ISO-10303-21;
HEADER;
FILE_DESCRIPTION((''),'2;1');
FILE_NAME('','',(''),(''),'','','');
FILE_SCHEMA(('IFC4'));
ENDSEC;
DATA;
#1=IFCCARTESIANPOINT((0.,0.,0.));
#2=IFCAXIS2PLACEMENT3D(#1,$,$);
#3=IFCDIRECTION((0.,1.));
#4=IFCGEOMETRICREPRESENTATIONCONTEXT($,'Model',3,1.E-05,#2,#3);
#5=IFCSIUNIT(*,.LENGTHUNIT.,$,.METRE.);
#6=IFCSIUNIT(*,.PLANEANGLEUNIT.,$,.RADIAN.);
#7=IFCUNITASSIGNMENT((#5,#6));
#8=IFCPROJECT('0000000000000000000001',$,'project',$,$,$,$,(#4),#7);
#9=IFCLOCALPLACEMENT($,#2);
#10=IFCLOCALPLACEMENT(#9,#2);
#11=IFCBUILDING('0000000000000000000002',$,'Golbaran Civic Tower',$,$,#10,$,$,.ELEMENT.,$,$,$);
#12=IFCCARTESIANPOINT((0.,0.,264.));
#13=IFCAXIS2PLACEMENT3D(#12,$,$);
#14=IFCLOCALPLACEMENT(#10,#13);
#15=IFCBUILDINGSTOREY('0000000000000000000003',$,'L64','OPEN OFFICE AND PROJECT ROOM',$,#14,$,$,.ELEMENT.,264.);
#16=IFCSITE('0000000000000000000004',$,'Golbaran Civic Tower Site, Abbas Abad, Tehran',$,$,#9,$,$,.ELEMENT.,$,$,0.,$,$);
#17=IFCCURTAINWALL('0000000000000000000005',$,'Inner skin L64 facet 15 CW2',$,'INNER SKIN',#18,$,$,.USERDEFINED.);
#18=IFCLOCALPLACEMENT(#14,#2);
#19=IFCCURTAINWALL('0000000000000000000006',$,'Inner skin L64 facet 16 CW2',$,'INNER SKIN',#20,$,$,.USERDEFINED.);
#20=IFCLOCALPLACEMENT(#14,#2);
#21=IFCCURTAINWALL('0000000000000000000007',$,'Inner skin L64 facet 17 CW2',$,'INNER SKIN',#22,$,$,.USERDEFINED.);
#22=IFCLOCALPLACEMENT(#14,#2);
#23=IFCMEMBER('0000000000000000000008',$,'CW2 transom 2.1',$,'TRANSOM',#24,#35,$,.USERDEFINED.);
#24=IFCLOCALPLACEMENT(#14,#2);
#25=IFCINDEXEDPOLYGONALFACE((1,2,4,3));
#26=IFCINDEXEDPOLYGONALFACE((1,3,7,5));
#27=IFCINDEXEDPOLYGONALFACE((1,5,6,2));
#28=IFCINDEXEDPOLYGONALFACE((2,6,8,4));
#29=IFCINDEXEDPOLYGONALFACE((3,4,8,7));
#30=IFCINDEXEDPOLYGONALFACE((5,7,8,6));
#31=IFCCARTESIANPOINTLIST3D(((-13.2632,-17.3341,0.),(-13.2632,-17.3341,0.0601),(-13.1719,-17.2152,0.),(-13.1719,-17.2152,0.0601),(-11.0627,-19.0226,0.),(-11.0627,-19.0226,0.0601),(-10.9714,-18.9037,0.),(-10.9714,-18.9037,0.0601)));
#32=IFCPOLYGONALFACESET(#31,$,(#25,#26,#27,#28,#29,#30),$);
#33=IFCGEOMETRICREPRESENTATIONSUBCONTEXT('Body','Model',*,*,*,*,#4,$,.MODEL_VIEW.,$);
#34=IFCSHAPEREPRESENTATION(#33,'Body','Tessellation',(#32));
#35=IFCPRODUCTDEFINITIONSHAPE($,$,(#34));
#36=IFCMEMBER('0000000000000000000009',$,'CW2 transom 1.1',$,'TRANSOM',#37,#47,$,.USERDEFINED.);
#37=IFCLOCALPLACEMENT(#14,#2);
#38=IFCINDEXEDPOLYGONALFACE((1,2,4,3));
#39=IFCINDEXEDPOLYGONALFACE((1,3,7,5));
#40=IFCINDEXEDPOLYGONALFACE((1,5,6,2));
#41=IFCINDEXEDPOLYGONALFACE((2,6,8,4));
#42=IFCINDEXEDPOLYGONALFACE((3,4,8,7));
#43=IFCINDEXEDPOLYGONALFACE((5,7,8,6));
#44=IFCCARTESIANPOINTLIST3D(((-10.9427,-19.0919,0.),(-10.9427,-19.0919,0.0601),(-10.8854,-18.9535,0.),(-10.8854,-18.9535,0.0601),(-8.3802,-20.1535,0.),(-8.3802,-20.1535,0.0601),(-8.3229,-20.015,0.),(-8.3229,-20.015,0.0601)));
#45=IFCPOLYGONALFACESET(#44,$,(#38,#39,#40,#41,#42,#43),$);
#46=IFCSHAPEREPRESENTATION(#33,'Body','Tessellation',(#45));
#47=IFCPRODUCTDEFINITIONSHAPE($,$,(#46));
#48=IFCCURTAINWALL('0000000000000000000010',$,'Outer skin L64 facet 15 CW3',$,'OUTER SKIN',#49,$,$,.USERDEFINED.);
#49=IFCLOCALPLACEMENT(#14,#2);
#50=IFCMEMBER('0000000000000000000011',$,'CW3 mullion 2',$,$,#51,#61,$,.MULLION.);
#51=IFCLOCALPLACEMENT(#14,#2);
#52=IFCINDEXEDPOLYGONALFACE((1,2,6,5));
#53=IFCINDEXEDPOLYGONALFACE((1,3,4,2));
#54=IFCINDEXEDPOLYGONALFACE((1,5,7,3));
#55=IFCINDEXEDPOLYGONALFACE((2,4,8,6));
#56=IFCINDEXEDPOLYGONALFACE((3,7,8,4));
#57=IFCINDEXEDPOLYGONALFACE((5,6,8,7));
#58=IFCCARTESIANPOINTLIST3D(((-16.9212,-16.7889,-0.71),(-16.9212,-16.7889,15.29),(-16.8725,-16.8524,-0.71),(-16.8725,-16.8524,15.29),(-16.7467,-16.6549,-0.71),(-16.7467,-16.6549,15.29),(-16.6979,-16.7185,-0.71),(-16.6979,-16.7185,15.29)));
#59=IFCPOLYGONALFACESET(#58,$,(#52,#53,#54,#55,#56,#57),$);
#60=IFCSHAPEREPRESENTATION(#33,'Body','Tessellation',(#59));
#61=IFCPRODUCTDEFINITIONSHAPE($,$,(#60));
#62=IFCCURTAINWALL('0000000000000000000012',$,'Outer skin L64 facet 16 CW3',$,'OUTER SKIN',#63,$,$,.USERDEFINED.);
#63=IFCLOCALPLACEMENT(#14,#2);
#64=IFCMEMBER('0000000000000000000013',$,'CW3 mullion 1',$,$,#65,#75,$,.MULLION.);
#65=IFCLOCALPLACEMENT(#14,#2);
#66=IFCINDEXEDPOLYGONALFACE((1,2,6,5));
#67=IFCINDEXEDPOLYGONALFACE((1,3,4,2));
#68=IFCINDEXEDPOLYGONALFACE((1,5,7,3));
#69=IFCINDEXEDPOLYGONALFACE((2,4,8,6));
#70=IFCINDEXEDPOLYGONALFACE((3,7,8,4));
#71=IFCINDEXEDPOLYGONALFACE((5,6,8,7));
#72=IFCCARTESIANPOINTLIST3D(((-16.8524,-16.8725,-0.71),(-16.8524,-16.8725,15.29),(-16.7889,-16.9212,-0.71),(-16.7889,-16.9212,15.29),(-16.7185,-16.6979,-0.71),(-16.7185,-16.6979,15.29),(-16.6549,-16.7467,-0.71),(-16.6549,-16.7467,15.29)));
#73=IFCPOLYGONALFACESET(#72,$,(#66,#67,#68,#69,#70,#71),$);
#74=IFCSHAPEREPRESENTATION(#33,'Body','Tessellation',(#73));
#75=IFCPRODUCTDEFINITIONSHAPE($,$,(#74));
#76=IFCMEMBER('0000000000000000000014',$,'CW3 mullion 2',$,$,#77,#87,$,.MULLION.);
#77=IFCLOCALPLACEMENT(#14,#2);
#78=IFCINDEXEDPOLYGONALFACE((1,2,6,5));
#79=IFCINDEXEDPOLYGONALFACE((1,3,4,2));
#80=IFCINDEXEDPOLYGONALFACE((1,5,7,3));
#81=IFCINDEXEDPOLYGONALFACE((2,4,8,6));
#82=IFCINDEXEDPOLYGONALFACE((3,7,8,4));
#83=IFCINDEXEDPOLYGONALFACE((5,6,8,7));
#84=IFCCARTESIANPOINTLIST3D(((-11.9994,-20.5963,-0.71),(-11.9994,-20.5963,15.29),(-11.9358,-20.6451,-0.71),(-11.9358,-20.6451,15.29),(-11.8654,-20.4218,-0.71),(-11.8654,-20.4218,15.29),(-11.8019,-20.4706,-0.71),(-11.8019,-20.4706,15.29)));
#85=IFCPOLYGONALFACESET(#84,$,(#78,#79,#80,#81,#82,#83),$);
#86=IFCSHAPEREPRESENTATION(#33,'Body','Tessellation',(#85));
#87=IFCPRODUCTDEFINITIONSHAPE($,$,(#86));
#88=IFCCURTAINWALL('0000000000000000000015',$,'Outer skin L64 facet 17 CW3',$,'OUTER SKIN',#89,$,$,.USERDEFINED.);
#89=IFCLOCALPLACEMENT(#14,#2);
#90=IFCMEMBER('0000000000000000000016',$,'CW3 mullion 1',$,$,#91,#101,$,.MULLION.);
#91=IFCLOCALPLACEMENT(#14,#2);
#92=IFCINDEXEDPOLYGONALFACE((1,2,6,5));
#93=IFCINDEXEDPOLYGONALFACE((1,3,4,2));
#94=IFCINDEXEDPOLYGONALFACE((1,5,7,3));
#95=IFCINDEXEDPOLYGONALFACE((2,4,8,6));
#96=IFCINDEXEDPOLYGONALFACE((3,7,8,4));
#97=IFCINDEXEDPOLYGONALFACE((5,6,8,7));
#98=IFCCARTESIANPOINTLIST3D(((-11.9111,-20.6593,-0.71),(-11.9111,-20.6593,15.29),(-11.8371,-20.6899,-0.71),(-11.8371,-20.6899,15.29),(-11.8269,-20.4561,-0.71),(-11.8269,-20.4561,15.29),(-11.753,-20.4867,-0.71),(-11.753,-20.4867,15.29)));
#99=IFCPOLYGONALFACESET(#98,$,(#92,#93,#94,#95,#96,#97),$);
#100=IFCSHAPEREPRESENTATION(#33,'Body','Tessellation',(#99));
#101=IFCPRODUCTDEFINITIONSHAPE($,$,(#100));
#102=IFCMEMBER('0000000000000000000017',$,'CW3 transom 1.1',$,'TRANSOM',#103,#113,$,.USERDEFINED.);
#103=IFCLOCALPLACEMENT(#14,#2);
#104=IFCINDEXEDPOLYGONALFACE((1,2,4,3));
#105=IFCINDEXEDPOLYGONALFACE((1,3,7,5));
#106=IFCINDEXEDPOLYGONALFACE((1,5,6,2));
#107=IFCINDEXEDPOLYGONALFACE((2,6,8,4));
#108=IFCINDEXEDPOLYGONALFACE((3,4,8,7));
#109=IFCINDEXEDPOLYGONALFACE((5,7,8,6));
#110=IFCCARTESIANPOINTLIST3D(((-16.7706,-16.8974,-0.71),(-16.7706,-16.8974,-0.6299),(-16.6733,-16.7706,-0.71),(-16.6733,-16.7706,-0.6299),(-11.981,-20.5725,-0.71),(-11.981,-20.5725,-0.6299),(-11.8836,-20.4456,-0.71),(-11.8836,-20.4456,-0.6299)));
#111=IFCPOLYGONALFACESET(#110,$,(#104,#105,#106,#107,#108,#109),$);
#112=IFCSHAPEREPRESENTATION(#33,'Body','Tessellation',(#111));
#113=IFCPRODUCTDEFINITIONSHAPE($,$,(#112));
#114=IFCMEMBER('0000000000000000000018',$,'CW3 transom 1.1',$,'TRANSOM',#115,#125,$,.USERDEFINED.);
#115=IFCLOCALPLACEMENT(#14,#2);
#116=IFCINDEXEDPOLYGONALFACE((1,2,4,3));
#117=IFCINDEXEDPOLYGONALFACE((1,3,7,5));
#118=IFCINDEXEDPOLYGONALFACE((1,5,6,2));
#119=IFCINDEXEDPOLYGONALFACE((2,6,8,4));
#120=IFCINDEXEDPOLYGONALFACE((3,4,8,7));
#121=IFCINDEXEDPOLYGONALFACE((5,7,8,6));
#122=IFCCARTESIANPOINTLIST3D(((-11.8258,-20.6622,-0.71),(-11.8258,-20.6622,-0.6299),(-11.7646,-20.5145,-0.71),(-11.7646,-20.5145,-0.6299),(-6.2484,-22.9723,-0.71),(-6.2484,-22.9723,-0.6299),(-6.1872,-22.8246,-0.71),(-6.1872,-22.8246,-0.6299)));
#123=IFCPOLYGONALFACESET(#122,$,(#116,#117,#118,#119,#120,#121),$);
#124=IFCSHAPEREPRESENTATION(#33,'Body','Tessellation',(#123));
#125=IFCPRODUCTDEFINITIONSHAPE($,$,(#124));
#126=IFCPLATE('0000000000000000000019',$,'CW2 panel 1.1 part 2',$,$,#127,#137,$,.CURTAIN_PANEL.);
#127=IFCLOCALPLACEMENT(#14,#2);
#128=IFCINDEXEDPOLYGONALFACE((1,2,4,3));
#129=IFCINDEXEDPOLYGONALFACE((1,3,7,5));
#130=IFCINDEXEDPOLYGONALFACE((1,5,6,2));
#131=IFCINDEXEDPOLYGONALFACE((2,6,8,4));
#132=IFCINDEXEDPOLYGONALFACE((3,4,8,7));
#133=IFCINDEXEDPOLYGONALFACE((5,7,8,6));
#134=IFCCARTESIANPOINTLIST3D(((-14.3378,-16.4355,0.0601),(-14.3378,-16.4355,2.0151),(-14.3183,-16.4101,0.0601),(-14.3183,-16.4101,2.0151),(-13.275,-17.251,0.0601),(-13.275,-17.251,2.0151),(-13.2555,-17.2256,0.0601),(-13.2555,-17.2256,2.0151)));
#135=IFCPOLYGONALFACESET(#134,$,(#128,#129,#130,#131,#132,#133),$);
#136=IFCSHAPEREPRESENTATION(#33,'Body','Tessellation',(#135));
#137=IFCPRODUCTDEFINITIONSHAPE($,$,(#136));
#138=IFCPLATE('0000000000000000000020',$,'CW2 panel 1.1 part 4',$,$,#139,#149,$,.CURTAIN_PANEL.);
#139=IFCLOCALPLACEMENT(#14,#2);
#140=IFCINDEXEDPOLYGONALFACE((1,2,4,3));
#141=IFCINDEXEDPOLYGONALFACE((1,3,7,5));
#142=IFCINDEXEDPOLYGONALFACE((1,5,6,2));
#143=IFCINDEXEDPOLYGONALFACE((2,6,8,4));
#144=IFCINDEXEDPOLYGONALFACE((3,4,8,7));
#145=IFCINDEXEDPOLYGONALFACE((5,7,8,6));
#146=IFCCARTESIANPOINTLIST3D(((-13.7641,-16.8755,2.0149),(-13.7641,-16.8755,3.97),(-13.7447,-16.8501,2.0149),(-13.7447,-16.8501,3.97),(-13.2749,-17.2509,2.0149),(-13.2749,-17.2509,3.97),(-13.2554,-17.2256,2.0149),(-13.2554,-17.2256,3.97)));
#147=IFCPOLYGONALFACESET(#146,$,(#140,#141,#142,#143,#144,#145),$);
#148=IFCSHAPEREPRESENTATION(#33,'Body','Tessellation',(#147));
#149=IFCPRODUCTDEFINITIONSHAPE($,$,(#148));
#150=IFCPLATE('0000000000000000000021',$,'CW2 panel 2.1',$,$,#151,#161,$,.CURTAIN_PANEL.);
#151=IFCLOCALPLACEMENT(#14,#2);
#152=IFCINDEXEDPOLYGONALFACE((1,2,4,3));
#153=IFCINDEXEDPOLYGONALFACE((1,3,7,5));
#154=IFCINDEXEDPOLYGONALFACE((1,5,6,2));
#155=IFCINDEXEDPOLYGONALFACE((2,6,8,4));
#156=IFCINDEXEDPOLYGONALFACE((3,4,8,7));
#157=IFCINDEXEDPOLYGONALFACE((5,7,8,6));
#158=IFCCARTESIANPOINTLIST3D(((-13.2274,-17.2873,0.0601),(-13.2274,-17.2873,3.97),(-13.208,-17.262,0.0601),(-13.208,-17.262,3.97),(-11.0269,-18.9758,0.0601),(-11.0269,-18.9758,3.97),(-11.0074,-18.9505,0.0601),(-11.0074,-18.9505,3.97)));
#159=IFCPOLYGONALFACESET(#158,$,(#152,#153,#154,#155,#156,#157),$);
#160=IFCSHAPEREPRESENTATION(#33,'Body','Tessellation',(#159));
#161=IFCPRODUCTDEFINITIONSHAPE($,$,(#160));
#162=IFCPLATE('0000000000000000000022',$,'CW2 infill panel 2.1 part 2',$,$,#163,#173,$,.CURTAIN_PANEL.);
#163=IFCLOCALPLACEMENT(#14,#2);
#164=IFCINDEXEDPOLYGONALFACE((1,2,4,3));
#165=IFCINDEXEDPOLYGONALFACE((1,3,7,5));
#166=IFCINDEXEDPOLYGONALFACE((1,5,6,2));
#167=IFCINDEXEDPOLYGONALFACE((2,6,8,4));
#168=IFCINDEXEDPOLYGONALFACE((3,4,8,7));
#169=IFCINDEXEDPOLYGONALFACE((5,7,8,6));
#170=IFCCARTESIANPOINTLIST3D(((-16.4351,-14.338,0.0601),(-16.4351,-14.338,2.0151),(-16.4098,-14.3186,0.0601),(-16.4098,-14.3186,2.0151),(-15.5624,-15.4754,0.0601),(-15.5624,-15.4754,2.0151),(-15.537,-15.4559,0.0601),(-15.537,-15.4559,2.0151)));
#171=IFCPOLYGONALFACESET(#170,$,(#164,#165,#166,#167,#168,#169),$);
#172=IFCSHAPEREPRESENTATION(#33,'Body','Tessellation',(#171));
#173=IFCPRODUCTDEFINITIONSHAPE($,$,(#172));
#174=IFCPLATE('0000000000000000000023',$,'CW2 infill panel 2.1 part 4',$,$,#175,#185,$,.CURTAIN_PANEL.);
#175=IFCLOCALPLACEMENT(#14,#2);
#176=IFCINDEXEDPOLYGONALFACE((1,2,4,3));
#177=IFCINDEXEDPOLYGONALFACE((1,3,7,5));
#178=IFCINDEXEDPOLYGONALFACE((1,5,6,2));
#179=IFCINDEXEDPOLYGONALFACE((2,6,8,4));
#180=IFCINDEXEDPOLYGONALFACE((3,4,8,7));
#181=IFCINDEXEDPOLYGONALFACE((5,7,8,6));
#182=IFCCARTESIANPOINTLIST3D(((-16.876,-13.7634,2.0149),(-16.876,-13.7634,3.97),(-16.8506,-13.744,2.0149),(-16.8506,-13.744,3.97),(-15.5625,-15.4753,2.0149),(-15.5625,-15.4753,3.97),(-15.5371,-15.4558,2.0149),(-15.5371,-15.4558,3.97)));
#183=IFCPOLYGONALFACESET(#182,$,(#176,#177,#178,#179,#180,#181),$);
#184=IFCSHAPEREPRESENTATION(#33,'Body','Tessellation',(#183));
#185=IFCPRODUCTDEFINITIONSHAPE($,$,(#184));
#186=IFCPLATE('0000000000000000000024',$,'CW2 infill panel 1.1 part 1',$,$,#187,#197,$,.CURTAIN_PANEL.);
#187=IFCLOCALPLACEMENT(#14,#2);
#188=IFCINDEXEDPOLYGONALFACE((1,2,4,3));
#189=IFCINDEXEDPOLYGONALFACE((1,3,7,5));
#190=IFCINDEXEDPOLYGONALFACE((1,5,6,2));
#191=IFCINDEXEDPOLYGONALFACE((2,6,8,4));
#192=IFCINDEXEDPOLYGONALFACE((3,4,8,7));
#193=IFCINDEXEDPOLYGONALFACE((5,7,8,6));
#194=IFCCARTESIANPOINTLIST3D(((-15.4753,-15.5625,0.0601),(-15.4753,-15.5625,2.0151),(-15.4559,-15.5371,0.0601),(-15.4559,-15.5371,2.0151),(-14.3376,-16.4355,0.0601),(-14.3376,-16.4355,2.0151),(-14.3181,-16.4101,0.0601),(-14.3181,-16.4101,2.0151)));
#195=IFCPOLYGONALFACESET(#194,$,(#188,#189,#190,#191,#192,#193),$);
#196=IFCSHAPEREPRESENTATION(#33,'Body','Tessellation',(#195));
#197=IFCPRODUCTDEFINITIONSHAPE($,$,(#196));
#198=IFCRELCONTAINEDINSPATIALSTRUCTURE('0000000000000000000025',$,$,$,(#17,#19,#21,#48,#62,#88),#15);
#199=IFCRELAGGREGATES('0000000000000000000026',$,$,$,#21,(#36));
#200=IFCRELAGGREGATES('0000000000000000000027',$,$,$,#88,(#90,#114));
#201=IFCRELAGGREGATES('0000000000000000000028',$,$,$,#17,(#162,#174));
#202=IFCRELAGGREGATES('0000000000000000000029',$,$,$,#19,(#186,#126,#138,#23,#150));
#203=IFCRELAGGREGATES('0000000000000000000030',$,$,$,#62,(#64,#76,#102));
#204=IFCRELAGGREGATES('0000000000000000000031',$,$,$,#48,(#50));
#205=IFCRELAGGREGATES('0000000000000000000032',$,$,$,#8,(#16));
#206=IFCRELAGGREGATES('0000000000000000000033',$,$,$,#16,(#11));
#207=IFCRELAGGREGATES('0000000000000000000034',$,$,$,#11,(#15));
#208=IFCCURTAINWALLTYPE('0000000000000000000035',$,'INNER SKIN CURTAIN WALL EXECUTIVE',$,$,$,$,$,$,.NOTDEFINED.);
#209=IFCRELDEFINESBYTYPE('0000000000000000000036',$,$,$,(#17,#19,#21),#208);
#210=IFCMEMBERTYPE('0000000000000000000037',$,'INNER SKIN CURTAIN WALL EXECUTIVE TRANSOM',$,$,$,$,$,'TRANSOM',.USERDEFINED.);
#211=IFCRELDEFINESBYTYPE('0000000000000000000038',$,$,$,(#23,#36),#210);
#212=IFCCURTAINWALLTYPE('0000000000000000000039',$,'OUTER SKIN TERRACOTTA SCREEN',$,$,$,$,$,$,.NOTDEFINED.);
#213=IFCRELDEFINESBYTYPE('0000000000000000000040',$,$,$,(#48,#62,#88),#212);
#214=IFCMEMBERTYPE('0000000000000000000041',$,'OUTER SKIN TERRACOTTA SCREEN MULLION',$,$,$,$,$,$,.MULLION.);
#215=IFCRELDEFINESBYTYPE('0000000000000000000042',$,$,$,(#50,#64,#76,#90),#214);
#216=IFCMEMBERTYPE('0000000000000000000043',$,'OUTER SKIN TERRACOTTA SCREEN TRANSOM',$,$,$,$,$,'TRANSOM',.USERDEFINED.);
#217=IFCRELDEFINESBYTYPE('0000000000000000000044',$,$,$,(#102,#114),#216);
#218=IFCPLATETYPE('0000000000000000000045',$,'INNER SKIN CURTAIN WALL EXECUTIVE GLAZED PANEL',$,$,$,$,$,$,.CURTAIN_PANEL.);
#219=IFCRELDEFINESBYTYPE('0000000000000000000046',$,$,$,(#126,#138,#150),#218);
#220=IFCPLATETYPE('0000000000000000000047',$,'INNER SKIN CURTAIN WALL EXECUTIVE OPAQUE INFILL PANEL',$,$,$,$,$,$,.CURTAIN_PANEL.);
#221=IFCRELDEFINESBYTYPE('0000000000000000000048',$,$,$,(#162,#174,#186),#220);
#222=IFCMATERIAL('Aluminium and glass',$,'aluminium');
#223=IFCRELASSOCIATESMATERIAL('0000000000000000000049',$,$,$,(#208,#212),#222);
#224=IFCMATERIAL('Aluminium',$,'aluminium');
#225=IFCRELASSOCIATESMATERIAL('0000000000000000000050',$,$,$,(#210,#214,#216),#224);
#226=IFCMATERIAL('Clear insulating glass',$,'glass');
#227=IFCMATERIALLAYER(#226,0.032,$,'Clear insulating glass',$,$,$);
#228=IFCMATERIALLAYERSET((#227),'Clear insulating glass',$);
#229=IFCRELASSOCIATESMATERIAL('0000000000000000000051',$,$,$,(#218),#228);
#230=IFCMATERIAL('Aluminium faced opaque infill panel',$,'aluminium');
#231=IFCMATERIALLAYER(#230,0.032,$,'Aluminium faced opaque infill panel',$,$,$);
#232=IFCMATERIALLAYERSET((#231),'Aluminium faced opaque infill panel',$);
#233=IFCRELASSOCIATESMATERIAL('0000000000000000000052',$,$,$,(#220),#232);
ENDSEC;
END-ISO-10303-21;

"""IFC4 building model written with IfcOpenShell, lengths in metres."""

from ifc_helpers import new_model, si_unit, direction, frame, origin, origin_2d, place, context, subcontext, project, spatial, rectangle, extrude, material, layer, layer_set, material_profile, profile_set, type_object, element, aggregate, save


model = new_model("IFC4")

# Units and contexts
model_context = context("Model", 3, precision=1e-05, world=origin(), true_north=direction((0.0, 1.0)))
body_context = subcontext(model_context, "Body", "Model", "MODEL_VIEW")
ifc_project = project(units=[si_unit("LENGTHUNIT", "METRE"), si_unit("PLANEANGLEUNIT", "RADIAN")], contexts=[model_context])

# Site, building, storey
site_placement = place(None, origin())
site = spatial("IfcSite", under=ifc_project, at=site_placement, Name="Golbaran Civic Tower Site, Abbas Abad, Tehran", CompositionType="ELEMENT", RefElevation=0.0)
building_placement = place(site_placement, origin())
building = spatial("IfcBuilding", under=site, at=building_placement, Name="Golbaran Civic Tower", CompositionType="ELEMENT")
storey_placement = place(building_placement, frame((0.0, 0.0, 264.0)))
storey = spatial("IfcBuildingStorey", under=building, at=storey_placement, Name="L64", Description="OPEN OFFICE AND PROJECT ROOM", CompositionType="ELEMENT", Elevation=264.0)

# Curtain wall
ifc_material_1 = material(Name="Aluminium and glass", Category="aluminium")
curtain_wall_type_1 = type_object("IfcCurtainWallType", Name="INNER SKIN CURTAIN WALL EXECUTIVE", PredefinedType="NOTDEFINED", material=ifc_material_1)
curtain_wall_1_placement = place(storey_placement, origin())
curtain_wall_1 = element("IfcCurtainWall", 1, at=curtain_wall_1_placement, inside=storey, type_object=curtain_wall_type_1, Name="Inner skin L64 facet 15 CW2", ObjectType="INNER SKIN", PredefinedType="USERDEFINED")
ifc_material_2 = material(Name="Aluminium", Category="aluminium")

# Curtain wall
curtain_wall_2_placement = place(storey_placement, origin())
curtain_wall_2 = element("IfcCurtainWall", 2, at=curtain_wall_2_placement, inside=storey, type_object=curtain_wall_type_1, Name="Inner skin L64 facet 16 CW2", ObjectType="INNER SKIN", PredefinedType="USERDEFINED")

# Curtain wall
curtain_wall_3_placement = place(storey_placement, origin())
curtain_wall_3 = element("IfcCurtainWall", 3, at=curtain_wall_3_placement, inside=storey, type_object=curtain_wall_type_1, Name="Inner skin L64 facet 17 CW2", ObjectType="INNER SKIN", PredefinedType="USERDEFINED")

# Members
ifc_material_profile_1 = material_profile(ifc_material_2, rectangle(XDim=0.1499, YDim=0.0601, at=origin_2d()), Name="INNER SKIN CURTAIN WALL EXECUTIVE TRANSOM")
ifc_profile_set_1 = profile_set([ifc_material_profile_1], Name="Aluminium")
member_type_1 = type_object("IfcMemberType", Name="INNER SKIN CURTAIN WALL EXECUTIVE TRANSOM", ElementType="TRANSOM", PredefinedType="USERDEFINED", material=ifc_profile_set_1)
member_1_placement = place(storey_placement, frame((-13.2175, -17.2747, 0.03), z_axis=(0.79335, -0.608766, 0.0), x_axis=(0.608766, 0.79335, 0.0)))
member_1 = element("IfcMember", 4, at=member_1_placement, type_object=member_type_1, Name="CW2 transom 2.1", ObjectType="TRANSOM", PredefinedType="USERDEFINED", context=body_context, shape_type="SweptSolid", body=[
    extrude(rectangle(XDim=0.1499, YDim=0.0601, at=origin_2d()), origin(), (0.0, 0.0, 1.0), 2.7737),
])
member_2_placement = place(storey_placement, frame((-10.9141, -19.0227, 0.03), z_axis=(0.923867, -0.382715, 0.0), x_axis=(0.382715, 0.923867, 0.0)))
member_2 = element("IfcMember", 5, at=member_2_placement, type_object=member_type_1, Name="CW2 transom 1.1", ObjectType="TRANSOM", PredefinedType="USERDEFINED", context=body_context, shape_type="SweptSolid", body=[
    extrude(rectangle(XDim=0.1499, YDim=0.0601, at=origin_2d()), origin(), (0.0, 0.0, 1.0), 2.7737),
])
aggregate(curtain_wall_3, [member_2])

# Curtain wall, member
curtain_wall_type_2 = type_object("IfcCurtainWallType", Name="OUTER SKIN TERRACOTTA SCREEN", PredefinedType="NOTDEFINED", material=ifc_material_1)
curtain_wall_4_placement = place(storey_placement, origin())
curtain_wall_4 = element("IfcCurtainWall", 6, at=curtain_wall_4_placement, inside=storey, type_object=curtain_wall_type_2, Name="Outer skin L64 facet 15 CW3", ObjectType="OUTER SKIN", PredefinedType="USERDEFINED")
ifc_material_profile_2 = material_profile(ifc_material_2, rectangle(XDim=0.22, YDim=0.0801, at=origin_2d()), Name="OUTER SKIN TERRACOTTA SCREEN MULLION")
ifc_profile_set_2 = profile_set([ifc_material_profile_2], Name="Aluminium")
member_type_2 = type_object("IfcMemberType", Name="OUTER SKIN TERRACOTTA SCREEN MULLION", PredefinedType="MULLION", material=ifc_profile_set_2)
member_3_placement = place(storey_placement, frame((-16.8096, -16.7537, -0.71), z_axis=(0.0, 0.0, 1.0), x_axis=(0.793353, 0.608761, 0.0)))
member_3 = element("IfcMember", 7, at=member_3_placement, type_object=member_type_2, Name="CW3 mullion 2", PredefinedType="MULLION", context=body_context, shape_type="SweptSolid", body=[
    extrude(rectangle(XDim=0.22, YDim=0.0801, at=origin_2d()), origin(), (0.0, 0.0, 1.0), 16.0),
])

# Curtain wall, members
curtain_wall_5_placement = place(storey_placement, origin())
curtain_wall_5 = element("IfcCurtainWall", 8, at=curtain_wall_5_placement, inside=storey, type_object=curtain_wall_type_2, Name="Outer skin L64 facet 16 CW3", ObjectType="OUTER SKIN", PredefinedType="USERDEFINED")
member_4_placement = place(storey_placement, frame((-16.7537, -16.8096, -0.71), z_axis=(0.0, 0.0, 1.0), x_axis=(0.608761, 0.793353, 0.0)))
member_4 = element("IfcMember", 9, at=member_4_placement, type_object=member_type_2, Name="CW3 mullion 1", PredefinedType="MULLION", context=body_context, shape_type="SweptSolid", body=[
    extrude(rectangle(XDim=0.22, YDim=0.0801, at=origin_2d()), origin(), (0.0, 0.0, 1.0), 16.0),
])
member_5_placement = place(storey_placement, frame((-11.9006, -20.5334, -0.71), z_axis=(0.0, 0.0, 1.0), x_axis=(0.608761, 0.793353, 0.0)))
member_5 = element("IfcMember", 10, at=member_5_placement, type_object=member_type_2, Name="CW3 mullion 2", PredefinedType="MULLION", context=body_context, shape_type="SweptSolid", body=[
    extrude(rectangle(XDim=0.22, YDim=0.0801, at=origin_2d()), origin(), (0.0, 0.0, 1.0), 16.0),
])

# Curtain wall, member
curtain_wall_6_placement = place(storey_placement, origin())
curtain_wall_6 = element("IfcCurtainWall", 11, at=curtain_wall_6_placement, inside=storey, type_object=curtain_wall_type_2, Name="Outer skin L64 facet 17 CW3", ObjectType="OUTER SKIN", PredefinedType="USERDEFINED")
member_6_placement = place(storey_placement, frame((-11.832, -20.573, -0.71), z_axis=(0.0, 0.0, 1.0), x_axis=(0.382683, 0.92388, 0.0)))
member_6 = element("IfcMember", 12, at=member_6_placement, type_object=member_type_2, Name="CW3 mullion 1", PredefinedType="MULLION", context=body_context, shape_type="SweptSolid", body=[
    extrude(rectangle(XDim=0.22, YDim=0.0801, at=origin_2d()), origin(), (0.0, 0.0, 1.0), 16.0),
])

# Members
ifc_material_profile_3 = material_profile(ifc_material_2, rectangle(XDim=0.1599, YDim=0.0801, at=origin_2d()), Name="OUTER SKIN TERRACOTTA SCREEN TRANSOM")
ifc_profile_set_3 = profile_set([ifc_material_profile_3], Name="Aluminium")
member_type_3 = type_object("IfcMemberType", Name="OUTER SKIN TERRACOTTA SCREEN TRANSOM", ElementType="TRANSOM", PredefinedType="USERDEFINED", material=ifc_profile_set_3)
member_7_placement = place(storey_placement, frame((-16.7219, -16.834, -0.6699), z_axis=(0.793362, -0.608751, 0.0), x_axis=(0.608751, 0.793362, 0.0)))
member_7 = element("IfcMember", 13, at=member_7_placement, type_object=member_type_3, Name="CW3 transom 1.1", ObjectType="TRANSOM", PredefinedType="USERDEFINED", context=body_context, shape_type="SweptSolid", body=[
    extrude(rectangle(XDim=0.1599, YDim=0.0801, at=origin_2d()), origin(), (0.0, 0.0, 1.0), 6.0371),
])
member_8_placement = place(storey_placement, frame((-11.7952, -20.5884, -0.6699), z_axis=(0.92389, -0.382659, 0.0), x_axis=(0.382659, 0.92389, 0.0)))
member_8 = element("IfcMember", 14, at=member_8_placement, type_object=member_type_3, Name="CW3 transom 1.1", ObjectType="TRANSOM", PredefinedType="USERDEFINED", context=body_context, shape_type="SweptSolid", body=[
    extrude(rectangle(XDim=0.1599, YDim=0.0801, at=origin_2d()), origin(), (0.0, 0.0, 1.0), 6.0369),
])
aggregate(curtain_wall_6, [member_6, member_8])

# Plates
ifc_material_3 = material(Name="Clear insulating glass", Category="glass")
ifc_layer_1 = layer(ifc_material_3, 0.032, Name="Clear insulating glass")
ifc_layer_set_1 = layer_set([ifc_layer_1], Name="Clear insulating glass")
plate_type_1 = type_object("IfcPlateType", Name="INNER SKIN CURTAIN WALL EXECUTIVE GLAZED PANEL", PredefinedType="CURTAIN_PANEL", material=ifc_layer_set_1)
plate_1_placement = place(storey_placement, frame((-13.7966, -16.8306, 0.0601), z_axis=(0.0, 0.0, 1.0), x_axis=(0.793353, -0.608761, 0.0)))
plate_1 = element("IfcPlate", 15, at=plate_1_placement, type_object=plate_type_1, Name="CW2 panel 1.1 part 2", PredefinedType="CURTAIN_PANEL", context=body_context, shape_type="SweptSolid", body=[
    extrude(rectangle(XDim=1.3396, YDim=0.032, at=origin_2d()), origin(), (0.0, 0.0, 1.0), 1.9551),
])
plate_2_placement = place(storey_placement, frame((-13.5098, -17.0505, 2.0149), z_axis=(0.0, 0.0, 1.0), x_axis=(0.793353, -0.608761, 0.0)))
plate_2 = element("IfcPlate", 16, at=plate_2_placement, type_object=plate_type_1, Name="CW2 panel 1.1 part 4", PredefinedType="CURTAIN_PANEL", context=body_context, shape_type="SweptSolid", body=[
    extrude(rectangle(XDim=0.6167, YDim=0.032, at=origin_2d()), origin(), (0.0, 0.0, 1.0), 1.9551),
])
plate_3_placement = place(storey_placement, frame((-12.1174, -18.1189, 0.0601), z_axis=(0.0, 0.0, 1.0), x_axis=(0.793353, -0.608761, 0.0)))
plate_3 = element("IfcPlate", 17, at=plate_3_placement, type_object=plate_type_1, Name="CW2 panel 2.1", PredefinedType="CURTAIN_PANEL", context=body_context, shape_type="SweptSolid", body=[
    extrude(rectangle(XDim=2.7737, YDim=0.032, at=origin_2d()), origin(), (0.0, 0.0, 1.0), 3.9099),
])
ifc_material_4 = material(Name="Aluminium faced opaque infill panel", Category="aluminium")
ifc_layer_2 = layer(ifc_material_4, 0.032, Name="Aluminium faced opaque infill panel")
ifc_layer_set_2 = layer_set([ifc_layer_2], Name="Aluminium faced opaque infill panel")
plate_type_2 = type_object("IfcPlateType", Name="INNER SKIN CURTAIN WALL EXECUTIVE OPAQUE INFILL PANEL", PredefinedType="CURTAIN_PANEL", material=ifc_layer_set_2)
plate_4_placement = place(storey_placement, frame((-15.9861, -14.897, 0.0601), z_axis=(0.0, 0.0, 1.0), x_axis=(0.608761, -0.793353, 0.0)))
plate_4 = element("IfcPlate", 18, at=plate_4_placement, type_object=plate_type_2, Name="CW2 infill panel 2.1 part 2", PredefinedType="CURTAIN_PANEL", context=body_context, shape_type="SweptSolid", body=[
    extrude(rectangle(XDim=1.4336, YDim=0.032, at=origin_2d()), origin(), (0.0, 0.0, 1.0), 1.9551),
])
plate_5_placement = place(storey_placement, frame((-16.2065, -14.6096, 2.0149), z_axis=(0.0, 0.0, 1.0), x_axis=(0.608761, -0.793353, 0.0)))
plate_5 = element("IfcPlate", 19, at=plate_5_placement, type_object=plate_type_2, Name="CW2 infill panel 2.1 part 4", PredefinedType="CURTAIN_PANEL", context=body_context, shape_type="SweptSolid", body=[
    extrude(rectangle(XDim=2.1577, YDim=0.032, at=origin_2d()), origin(), (0.0, 0.0, 1.0), 1.9551),
])
aggregate(curtain_wall_1, [plate_4, plate_5])
plate_6_placement = place(storey_placement, frame((-14.8967, -15.9863, 0.0601), z_axis=(0.0, 0.0, 1.0), x_axis=(0.793353, -0.608761, 0.0)))
plate_6 = element("IfcPlate", 20, at=plate_6_placement, type_object=plate_type_2, Name="CW2 infill panel 1.1 part 1", PredefinedType="CURTAIN_PANEL", context=body_context, shape_type="SweptSolid", body=[
    extrude(rectangle(XDim=1.4341, YDim=0.032, at=origin_2d()), origin(), (0.0, 0.0, 1.0), 1.9551),
])
aggregate(curtain_wall_2, [plate_6, plate_1, plate_2, member_1, plate_3])
aggregate(curtain_wall_5, [member_4, member_5, member_7])
aggregate(curtain_wall_4, [member_3])

save(model, "model.ifc")
